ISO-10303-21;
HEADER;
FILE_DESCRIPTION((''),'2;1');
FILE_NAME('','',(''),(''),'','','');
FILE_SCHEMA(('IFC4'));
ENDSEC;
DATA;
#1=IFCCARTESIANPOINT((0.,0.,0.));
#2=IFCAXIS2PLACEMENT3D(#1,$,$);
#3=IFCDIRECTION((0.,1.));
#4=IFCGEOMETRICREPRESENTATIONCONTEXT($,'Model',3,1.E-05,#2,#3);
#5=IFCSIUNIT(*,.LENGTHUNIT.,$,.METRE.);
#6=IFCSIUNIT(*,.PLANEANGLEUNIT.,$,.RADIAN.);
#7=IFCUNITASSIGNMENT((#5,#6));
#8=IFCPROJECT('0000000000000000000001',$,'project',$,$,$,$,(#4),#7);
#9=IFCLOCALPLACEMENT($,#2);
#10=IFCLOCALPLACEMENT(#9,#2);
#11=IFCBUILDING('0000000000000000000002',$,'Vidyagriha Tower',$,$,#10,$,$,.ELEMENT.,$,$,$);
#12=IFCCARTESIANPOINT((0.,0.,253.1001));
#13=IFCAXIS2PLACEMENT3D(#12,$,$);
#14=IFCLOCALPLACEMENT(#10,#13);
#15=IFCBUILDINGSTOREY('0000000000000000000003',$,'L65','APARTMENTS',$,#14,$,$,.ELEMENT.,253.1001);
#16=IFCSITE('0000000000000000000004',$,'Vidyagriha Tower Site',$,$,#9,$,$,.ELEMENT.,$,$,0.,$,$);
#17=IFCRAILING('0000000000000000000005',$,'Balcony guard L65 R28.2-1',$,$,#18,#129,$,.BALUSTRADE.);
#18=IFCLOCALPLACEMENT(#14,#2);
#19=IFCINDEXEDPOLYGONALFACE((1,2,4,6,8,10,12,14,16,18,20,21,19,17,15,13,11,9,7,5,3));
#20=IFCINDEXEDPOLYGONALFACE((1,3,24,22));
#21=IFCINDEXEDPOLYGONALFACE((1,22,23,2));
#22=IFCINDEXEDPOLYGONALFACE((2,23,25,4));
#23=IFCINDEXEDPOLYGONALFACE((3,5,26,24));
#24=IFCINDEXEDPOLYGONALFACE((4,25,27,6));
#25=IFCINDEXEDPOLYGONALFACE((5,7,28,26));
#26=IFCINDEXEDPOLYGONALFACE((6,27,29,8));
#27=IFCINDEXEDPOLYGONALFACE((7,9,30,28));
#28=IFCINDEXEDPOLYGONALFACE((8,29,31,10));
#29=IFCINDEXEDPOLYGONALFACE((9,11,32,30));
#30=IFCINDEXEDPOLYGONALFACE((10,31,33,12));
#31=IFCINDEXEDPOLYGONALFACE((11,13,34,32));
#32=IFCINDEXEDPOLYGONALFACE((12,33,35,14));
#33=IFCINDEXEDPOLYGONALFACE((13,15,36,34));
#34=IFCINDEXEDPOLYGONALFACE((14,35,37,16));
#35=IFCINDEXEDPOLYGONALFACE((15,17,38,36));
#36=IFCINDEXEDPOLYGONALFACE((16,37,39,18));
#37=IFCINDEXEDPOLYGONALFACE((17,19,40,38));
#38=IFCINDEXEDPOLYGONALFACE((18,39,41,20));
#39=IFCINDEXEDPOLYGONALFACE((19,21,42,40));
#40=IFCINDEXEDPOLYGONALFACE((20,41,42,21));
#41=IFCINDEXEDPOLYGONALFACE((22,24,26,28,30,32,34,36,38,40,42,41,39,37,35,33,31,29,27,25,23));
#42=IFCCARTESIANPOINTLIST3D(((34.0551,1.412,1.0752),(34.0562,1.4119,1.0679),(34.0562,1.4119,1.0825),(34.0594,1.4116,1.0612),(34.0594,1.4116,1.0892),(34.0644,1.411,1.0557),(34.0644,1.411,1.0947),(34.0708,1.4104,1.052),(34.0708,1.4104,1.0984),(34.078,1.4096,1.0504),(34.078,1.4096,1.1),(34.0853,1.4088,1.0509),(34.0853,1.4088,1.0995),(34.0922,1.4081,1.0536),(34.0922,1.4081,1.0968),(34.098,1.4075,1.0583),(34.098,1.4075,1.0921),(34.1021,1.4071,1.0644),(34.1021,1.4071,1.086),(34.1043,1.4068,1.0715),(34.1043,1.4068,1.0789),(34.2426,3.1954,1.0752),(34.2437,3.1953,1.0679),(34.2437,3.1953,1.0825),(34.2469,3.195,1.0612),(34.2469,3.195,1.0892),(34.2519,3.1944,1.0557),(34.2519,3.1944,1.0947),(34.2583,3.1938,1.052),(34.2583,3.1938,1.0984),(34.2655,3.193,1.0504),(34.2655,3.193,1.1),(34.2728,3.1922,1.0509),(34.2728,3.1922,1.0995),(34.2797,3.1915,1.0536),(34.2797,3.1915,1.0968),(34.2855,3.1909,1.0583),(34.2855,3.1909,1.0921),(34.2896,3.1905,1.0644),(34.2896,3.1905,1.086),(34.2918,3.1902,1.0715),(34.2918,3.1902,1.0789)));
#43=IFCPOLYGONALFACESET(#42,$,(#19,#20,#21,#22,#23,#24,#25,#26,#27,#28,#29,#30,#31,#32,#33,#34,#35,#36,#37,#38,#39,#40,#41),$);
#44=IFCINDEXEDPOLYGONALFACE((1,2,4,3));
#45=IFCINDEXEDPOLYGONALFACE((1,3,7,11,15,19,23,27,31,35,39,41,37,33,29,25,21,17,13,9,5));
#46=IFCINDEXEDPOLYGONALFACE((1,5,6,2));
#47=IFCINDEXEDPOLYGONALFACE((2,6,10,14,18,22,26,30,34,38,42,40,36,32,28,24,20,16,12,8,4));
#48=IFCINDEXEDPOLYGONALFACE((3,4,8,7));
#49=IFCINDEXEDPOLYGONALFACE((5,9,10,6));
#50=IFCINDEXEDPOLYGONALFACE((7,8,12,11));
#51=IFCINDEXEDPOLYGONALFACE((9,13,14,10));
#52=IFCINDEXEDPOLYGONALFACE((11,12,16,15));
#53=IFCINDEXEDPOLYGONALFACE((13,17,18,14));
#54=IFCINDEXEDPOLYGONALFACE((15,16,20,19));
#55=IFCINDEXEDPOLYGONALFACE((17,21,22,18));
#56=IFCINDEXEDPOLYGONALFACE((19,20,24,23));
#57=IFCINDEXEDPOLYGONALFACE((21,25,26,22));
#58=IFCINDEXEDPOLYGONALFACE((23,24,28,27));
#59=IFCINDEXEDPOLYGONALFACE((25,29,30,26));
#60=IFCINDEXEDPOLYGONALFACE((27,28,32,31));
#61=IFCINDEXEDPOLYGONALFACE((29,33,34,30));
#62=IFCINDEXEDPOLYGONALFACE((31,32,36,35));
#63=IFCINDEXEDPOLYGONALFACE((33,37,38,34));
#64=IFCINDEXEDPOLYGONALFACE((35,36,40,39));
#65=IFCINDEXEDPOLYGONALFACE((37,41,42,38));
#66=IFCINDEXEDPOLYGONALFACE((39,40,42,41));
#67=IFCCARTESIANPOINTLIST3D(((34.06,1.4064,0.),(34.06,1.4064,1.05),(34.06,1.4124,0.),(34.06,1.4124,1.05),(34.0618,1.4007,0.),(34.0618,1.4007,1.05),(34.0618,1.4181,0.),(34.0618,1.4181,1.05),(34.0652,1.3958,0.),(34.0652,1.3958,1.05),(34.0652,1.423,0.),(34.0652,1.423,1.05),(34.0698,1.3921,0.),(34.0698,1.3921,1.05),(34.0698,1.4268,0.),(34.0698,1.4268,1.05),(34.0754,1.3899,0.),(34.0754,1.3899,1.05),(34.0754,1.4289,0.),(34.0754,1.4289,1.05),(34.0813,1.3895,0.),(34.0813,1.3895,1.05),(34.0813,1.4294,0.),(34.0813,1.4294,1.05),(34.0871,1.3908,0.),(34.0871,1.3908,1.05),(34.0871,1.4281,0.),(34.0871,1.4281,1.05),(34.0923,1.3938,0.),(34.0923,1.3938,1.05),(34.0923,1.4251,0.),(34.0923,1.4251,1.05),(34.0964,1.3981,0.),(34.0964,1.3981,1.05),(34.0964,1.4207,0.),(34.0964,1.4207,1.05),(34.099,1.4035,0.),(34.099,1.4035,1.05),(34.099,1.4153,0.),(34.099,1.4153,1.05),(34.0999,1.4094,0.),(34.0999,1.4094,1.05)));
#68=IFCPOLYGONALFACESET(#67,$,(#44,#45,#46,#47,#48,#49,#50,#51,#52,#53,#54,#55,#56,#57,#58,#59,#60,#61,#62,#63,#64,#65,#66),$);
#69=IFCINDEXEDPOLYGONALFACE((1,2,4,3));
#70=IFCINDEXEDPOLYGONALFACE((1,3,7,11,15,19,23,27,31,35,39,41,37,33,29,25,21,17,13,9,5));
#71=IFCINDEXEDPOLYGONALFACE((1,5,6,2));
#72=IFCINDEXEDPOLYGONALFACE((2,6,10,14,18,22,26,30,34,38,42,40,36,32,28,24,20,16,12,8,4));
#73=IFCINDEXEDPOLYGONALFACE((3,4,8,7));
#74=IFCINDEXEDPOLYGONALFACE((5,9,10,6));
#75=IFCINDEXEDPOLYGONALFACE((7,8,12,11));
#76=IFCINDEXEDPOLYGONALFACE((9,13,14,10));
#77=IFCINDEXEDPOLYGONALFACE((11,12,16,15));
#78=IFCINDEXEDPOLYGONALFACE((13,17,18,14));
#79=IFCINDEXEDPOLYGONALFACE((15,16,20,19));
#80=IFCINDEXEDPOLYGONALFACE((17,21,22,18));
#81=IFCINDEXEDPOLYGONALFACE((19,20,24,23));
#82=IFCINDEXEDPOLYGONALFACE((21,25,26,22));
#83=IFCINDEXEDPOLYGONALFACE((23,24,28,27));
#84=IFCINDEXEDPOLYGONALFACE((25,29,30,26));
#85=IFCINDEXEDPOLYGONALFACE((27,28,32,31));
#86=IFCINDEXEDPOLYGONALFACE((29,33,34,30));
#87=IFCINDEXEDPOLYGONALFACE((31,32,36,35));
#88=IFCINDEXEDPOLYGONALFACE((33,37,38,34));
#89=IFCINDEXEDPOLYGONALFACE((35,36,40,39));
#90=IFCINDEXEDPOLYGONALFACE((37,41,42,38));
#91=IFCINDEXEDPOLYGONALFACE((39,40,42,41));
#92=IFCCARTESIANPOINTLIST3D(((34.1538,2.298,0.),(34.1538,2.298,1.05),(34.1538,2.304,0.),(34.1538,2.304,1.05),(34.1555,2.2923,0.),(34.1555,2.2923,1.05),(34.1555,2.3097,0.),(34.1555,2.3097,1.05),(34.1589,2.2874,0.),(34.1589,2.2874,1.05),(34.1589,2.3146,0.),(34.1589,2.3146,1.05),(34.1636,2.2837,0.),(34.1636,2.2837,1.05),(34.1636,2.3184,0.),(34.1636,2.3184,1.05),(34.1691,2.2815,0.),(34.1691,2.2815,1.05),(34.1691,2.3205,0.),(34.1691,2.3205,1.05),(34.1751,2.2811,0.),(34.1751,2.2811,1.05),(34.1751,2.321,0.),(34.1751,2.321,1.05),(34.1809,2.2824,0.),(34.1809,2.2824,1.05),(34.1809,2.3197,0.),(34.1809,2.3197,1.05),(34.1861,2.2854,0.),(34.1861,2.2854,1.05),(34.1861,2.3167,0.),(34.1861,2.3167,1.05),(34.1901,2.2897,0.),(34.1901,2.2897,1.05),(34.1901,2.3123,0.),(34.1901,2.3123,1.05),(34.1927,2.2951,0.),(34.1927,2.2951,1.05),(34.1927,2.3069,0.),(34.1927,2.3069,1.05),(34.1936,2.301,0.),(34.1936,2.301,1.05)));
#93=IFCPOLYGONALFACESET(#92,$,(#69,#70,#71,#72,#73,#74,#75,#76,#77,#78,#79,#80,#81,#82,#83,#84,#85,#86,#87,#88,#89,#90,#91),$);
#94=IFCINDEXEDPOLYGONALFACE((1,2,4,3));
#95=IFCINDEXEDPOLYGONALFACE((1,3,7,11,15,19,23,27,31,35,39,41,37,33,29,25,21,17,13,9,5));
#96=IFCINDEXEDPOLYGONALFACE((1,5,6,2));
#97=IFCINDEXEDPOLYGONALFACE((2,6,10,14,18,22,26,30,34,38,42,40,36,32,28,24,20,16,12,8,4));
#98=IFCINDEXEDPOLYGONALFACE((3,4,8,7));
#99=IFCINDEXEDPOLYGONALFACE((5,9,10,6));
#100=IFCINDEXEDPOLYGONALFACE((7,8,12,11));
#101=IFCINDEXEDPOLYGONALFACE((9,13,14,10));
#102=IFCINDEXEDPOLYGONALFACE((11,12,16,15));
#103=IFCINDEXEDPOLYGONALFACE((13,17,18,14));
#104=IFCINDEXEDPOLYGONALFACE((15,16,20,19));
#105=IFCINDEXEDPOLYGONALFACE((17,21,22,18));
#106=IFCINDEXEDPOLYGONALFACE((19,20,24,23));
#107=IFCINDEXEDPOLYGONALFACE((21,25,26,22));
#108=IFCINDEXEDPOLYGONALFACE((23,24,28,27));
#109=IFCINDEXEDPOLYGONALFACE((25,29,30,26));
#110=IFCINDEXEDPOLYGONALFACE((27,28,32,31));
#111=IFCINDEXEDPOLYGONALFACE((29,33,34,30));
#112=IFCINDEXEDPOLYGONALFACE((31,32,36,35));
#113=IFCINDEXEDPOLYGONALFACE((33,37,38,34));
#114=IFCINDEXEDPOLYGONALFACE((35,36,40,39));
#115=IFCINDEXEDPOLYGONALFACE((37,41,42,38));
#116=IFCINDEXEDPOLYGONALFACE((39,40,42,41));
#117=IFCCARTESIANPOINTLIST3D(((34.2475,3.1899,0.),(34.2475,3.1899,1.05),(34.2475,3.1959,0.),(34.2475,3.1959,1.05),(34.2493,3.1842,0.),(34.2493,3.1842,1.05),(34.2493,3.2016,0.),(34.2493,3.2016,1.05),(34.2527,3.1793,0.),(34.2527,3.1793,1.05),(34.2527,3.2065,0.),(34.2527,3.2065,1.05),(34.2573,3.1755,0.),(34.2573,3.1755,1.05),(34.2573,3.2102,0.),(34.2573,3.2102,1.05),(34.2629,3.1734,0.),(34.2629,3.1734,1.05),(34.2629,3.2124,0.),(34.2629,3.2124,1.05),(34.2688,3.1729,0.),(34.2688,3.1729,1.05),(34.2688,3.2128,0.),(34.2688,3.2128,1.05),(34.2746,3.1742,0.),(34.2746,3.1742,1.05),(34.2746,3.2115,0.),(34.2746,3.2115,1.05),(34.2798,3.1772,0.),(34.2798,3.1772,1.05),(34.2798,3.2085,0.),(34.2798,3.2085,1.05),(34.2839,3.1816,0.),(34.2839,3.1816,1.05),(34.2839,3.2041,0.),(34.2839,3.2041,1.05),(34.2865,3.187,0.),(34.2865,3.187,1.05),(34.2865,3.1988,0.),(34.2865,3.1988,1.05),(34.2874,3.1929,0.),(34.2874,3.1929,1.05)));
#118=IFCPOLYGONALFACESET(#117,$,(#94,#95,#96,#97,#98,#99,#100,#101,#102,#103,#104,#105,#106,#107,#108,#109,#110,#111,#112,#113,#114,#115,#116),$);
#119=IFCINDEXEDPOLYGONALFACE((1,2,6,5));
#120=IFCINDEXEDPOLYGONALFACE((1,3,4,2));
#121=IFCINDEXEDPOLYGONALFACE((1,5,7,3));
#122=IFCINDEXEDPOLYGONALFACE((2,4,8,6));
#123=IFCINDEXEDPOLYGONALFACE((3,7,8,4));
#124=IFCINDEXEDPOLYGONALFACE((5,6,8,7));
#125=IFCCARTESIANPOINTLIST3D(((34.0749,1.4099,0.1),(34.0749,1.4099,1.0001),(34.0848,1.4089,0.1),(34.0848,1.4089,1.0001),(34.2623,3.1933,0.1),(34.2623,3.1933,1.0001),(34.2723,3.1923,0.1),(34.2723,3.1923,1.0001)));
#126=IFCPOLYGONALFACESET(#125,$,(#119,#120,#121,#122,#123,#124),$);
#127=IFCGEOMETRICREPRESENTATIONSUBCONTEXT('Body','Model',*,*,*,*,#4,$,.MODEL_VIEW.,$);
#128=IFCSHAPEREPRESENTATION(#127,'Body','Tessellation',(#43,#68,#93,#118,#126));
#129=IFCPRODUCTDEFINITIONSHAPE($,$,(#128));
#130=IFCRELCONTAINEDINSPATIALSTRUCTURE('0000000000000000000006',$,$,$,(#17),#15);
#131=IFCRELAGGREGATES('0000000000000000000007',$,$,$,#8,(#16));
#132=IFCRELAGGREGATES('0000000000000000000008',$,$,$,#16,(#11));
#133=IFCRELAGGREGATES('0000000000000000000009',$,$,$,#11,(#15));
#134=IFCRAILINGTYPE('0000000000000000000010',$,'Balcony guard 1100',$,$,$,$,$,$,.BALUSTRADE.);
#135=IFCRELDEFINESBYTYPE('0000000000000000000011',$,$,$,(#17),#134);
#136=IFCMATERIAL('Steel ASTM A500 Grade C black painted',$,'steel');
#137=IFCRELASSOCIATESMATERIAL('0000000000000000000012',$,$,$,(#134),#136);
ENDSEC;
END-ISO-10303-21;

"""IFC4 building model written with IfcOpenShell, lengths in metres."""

from ifc_helpers import new_model, si_unit, direction, frame, origin, origin_2d, place, context, subcontext, project, spatial, rectangle, circle, extrude, material, type_object, element, save


model = new_model("IFC4")

# Units and contexts
model_context = context("Model", 3, precision=1e-05, world=origin(), true_north=direction((0.0, 1.0)))
body_context = subcontext(model_context, "Body", "Model", "MODEL_VIEW")
ifc_project = project(units=[si_unit("LENGTHUNIT", "METRE"), si_unit("PLANEANGLEUNIT", "RADIAN")], contexts=[model_context])

# Site, building, storey
site_placement = place(None, origin())
site = spatial("IfcSite", under=ifc_project, at=site_placement, Name="Vidyagriha Tower Site", CompositionType="ELEMENT", RefElevation=0.0)
building_placement = place(site_placement, origin())
building = spatial("IfcBuilding", under=site, at=building_placement, Name="Vidyagriha Tower", CompositionType="ELEMENT")
storey_placement = place(building_placement, frame((0.0, 0.0, 253.1001)))
storey = spatial("IfcBuildingStorey", under=building, at=storey_placement, Name="L65", Description="APARTMENTS", CompositionType="ELEMENT", Elevation=253.1001)

# Railing
ifc_material_1 = material(Name="Steel ASTM A500 Grade C black painted", Category="steel")
railing_type_1 = type_object("IfcRailingType", Name="Balcony guard 1100", PredefinedType="BALUSTRADE", material=ifc_material_1)
railing_1_placement = place(storey_placement, frame((34.0798, 1.4094, 0.0)))
element("IfcRailing", 1, at=railing_1_placement, inside=storey, type_object=railing_type_1, Name="Balcony guard L65 R28.2-1", PredefinedType="BALUSTRADE", context=body_context, shape_type="SweptSolid", body=[
    extrude(circle(Radius=0.0249, at=origin_2d()), frame((0.0, 0.0, 1.0752), z_axis=(0.104557, 0.994519, 0.0), x_axis=(-0.994519, 0.104557, 0.0)), (0.0, 0.0, 1.0), 1.7932),
    extrude(circle(Radius=0.02, at=origin_2d()), origin(), (0.0, 0.0, 1.0), 1.05),
    extrude(circle(Radius=0.02, at=origin_2d()), frame((0.0938, 0.8916, 0.0)), (0.0, 0.0, 1.0), 1.05),
    extrude(circle(Radius=0.02, at=origin_2d()), frame((0.1875, 1.7834, 0.0)), (0.0, 0.0, 1.0), 1.05),
    extrude(rectangle(XDim=0.01, YDim=0.9001, at=origin_2d()), frame((0.0, 0.0, 0.55), z_axis=(0.104557, 0.994519, 0.0), x_axis=(-0.994519, 0.104557, 0.0)), (0.0, 0.0, 1.0), 1.7932),
])

save(model, "model.ifc")
